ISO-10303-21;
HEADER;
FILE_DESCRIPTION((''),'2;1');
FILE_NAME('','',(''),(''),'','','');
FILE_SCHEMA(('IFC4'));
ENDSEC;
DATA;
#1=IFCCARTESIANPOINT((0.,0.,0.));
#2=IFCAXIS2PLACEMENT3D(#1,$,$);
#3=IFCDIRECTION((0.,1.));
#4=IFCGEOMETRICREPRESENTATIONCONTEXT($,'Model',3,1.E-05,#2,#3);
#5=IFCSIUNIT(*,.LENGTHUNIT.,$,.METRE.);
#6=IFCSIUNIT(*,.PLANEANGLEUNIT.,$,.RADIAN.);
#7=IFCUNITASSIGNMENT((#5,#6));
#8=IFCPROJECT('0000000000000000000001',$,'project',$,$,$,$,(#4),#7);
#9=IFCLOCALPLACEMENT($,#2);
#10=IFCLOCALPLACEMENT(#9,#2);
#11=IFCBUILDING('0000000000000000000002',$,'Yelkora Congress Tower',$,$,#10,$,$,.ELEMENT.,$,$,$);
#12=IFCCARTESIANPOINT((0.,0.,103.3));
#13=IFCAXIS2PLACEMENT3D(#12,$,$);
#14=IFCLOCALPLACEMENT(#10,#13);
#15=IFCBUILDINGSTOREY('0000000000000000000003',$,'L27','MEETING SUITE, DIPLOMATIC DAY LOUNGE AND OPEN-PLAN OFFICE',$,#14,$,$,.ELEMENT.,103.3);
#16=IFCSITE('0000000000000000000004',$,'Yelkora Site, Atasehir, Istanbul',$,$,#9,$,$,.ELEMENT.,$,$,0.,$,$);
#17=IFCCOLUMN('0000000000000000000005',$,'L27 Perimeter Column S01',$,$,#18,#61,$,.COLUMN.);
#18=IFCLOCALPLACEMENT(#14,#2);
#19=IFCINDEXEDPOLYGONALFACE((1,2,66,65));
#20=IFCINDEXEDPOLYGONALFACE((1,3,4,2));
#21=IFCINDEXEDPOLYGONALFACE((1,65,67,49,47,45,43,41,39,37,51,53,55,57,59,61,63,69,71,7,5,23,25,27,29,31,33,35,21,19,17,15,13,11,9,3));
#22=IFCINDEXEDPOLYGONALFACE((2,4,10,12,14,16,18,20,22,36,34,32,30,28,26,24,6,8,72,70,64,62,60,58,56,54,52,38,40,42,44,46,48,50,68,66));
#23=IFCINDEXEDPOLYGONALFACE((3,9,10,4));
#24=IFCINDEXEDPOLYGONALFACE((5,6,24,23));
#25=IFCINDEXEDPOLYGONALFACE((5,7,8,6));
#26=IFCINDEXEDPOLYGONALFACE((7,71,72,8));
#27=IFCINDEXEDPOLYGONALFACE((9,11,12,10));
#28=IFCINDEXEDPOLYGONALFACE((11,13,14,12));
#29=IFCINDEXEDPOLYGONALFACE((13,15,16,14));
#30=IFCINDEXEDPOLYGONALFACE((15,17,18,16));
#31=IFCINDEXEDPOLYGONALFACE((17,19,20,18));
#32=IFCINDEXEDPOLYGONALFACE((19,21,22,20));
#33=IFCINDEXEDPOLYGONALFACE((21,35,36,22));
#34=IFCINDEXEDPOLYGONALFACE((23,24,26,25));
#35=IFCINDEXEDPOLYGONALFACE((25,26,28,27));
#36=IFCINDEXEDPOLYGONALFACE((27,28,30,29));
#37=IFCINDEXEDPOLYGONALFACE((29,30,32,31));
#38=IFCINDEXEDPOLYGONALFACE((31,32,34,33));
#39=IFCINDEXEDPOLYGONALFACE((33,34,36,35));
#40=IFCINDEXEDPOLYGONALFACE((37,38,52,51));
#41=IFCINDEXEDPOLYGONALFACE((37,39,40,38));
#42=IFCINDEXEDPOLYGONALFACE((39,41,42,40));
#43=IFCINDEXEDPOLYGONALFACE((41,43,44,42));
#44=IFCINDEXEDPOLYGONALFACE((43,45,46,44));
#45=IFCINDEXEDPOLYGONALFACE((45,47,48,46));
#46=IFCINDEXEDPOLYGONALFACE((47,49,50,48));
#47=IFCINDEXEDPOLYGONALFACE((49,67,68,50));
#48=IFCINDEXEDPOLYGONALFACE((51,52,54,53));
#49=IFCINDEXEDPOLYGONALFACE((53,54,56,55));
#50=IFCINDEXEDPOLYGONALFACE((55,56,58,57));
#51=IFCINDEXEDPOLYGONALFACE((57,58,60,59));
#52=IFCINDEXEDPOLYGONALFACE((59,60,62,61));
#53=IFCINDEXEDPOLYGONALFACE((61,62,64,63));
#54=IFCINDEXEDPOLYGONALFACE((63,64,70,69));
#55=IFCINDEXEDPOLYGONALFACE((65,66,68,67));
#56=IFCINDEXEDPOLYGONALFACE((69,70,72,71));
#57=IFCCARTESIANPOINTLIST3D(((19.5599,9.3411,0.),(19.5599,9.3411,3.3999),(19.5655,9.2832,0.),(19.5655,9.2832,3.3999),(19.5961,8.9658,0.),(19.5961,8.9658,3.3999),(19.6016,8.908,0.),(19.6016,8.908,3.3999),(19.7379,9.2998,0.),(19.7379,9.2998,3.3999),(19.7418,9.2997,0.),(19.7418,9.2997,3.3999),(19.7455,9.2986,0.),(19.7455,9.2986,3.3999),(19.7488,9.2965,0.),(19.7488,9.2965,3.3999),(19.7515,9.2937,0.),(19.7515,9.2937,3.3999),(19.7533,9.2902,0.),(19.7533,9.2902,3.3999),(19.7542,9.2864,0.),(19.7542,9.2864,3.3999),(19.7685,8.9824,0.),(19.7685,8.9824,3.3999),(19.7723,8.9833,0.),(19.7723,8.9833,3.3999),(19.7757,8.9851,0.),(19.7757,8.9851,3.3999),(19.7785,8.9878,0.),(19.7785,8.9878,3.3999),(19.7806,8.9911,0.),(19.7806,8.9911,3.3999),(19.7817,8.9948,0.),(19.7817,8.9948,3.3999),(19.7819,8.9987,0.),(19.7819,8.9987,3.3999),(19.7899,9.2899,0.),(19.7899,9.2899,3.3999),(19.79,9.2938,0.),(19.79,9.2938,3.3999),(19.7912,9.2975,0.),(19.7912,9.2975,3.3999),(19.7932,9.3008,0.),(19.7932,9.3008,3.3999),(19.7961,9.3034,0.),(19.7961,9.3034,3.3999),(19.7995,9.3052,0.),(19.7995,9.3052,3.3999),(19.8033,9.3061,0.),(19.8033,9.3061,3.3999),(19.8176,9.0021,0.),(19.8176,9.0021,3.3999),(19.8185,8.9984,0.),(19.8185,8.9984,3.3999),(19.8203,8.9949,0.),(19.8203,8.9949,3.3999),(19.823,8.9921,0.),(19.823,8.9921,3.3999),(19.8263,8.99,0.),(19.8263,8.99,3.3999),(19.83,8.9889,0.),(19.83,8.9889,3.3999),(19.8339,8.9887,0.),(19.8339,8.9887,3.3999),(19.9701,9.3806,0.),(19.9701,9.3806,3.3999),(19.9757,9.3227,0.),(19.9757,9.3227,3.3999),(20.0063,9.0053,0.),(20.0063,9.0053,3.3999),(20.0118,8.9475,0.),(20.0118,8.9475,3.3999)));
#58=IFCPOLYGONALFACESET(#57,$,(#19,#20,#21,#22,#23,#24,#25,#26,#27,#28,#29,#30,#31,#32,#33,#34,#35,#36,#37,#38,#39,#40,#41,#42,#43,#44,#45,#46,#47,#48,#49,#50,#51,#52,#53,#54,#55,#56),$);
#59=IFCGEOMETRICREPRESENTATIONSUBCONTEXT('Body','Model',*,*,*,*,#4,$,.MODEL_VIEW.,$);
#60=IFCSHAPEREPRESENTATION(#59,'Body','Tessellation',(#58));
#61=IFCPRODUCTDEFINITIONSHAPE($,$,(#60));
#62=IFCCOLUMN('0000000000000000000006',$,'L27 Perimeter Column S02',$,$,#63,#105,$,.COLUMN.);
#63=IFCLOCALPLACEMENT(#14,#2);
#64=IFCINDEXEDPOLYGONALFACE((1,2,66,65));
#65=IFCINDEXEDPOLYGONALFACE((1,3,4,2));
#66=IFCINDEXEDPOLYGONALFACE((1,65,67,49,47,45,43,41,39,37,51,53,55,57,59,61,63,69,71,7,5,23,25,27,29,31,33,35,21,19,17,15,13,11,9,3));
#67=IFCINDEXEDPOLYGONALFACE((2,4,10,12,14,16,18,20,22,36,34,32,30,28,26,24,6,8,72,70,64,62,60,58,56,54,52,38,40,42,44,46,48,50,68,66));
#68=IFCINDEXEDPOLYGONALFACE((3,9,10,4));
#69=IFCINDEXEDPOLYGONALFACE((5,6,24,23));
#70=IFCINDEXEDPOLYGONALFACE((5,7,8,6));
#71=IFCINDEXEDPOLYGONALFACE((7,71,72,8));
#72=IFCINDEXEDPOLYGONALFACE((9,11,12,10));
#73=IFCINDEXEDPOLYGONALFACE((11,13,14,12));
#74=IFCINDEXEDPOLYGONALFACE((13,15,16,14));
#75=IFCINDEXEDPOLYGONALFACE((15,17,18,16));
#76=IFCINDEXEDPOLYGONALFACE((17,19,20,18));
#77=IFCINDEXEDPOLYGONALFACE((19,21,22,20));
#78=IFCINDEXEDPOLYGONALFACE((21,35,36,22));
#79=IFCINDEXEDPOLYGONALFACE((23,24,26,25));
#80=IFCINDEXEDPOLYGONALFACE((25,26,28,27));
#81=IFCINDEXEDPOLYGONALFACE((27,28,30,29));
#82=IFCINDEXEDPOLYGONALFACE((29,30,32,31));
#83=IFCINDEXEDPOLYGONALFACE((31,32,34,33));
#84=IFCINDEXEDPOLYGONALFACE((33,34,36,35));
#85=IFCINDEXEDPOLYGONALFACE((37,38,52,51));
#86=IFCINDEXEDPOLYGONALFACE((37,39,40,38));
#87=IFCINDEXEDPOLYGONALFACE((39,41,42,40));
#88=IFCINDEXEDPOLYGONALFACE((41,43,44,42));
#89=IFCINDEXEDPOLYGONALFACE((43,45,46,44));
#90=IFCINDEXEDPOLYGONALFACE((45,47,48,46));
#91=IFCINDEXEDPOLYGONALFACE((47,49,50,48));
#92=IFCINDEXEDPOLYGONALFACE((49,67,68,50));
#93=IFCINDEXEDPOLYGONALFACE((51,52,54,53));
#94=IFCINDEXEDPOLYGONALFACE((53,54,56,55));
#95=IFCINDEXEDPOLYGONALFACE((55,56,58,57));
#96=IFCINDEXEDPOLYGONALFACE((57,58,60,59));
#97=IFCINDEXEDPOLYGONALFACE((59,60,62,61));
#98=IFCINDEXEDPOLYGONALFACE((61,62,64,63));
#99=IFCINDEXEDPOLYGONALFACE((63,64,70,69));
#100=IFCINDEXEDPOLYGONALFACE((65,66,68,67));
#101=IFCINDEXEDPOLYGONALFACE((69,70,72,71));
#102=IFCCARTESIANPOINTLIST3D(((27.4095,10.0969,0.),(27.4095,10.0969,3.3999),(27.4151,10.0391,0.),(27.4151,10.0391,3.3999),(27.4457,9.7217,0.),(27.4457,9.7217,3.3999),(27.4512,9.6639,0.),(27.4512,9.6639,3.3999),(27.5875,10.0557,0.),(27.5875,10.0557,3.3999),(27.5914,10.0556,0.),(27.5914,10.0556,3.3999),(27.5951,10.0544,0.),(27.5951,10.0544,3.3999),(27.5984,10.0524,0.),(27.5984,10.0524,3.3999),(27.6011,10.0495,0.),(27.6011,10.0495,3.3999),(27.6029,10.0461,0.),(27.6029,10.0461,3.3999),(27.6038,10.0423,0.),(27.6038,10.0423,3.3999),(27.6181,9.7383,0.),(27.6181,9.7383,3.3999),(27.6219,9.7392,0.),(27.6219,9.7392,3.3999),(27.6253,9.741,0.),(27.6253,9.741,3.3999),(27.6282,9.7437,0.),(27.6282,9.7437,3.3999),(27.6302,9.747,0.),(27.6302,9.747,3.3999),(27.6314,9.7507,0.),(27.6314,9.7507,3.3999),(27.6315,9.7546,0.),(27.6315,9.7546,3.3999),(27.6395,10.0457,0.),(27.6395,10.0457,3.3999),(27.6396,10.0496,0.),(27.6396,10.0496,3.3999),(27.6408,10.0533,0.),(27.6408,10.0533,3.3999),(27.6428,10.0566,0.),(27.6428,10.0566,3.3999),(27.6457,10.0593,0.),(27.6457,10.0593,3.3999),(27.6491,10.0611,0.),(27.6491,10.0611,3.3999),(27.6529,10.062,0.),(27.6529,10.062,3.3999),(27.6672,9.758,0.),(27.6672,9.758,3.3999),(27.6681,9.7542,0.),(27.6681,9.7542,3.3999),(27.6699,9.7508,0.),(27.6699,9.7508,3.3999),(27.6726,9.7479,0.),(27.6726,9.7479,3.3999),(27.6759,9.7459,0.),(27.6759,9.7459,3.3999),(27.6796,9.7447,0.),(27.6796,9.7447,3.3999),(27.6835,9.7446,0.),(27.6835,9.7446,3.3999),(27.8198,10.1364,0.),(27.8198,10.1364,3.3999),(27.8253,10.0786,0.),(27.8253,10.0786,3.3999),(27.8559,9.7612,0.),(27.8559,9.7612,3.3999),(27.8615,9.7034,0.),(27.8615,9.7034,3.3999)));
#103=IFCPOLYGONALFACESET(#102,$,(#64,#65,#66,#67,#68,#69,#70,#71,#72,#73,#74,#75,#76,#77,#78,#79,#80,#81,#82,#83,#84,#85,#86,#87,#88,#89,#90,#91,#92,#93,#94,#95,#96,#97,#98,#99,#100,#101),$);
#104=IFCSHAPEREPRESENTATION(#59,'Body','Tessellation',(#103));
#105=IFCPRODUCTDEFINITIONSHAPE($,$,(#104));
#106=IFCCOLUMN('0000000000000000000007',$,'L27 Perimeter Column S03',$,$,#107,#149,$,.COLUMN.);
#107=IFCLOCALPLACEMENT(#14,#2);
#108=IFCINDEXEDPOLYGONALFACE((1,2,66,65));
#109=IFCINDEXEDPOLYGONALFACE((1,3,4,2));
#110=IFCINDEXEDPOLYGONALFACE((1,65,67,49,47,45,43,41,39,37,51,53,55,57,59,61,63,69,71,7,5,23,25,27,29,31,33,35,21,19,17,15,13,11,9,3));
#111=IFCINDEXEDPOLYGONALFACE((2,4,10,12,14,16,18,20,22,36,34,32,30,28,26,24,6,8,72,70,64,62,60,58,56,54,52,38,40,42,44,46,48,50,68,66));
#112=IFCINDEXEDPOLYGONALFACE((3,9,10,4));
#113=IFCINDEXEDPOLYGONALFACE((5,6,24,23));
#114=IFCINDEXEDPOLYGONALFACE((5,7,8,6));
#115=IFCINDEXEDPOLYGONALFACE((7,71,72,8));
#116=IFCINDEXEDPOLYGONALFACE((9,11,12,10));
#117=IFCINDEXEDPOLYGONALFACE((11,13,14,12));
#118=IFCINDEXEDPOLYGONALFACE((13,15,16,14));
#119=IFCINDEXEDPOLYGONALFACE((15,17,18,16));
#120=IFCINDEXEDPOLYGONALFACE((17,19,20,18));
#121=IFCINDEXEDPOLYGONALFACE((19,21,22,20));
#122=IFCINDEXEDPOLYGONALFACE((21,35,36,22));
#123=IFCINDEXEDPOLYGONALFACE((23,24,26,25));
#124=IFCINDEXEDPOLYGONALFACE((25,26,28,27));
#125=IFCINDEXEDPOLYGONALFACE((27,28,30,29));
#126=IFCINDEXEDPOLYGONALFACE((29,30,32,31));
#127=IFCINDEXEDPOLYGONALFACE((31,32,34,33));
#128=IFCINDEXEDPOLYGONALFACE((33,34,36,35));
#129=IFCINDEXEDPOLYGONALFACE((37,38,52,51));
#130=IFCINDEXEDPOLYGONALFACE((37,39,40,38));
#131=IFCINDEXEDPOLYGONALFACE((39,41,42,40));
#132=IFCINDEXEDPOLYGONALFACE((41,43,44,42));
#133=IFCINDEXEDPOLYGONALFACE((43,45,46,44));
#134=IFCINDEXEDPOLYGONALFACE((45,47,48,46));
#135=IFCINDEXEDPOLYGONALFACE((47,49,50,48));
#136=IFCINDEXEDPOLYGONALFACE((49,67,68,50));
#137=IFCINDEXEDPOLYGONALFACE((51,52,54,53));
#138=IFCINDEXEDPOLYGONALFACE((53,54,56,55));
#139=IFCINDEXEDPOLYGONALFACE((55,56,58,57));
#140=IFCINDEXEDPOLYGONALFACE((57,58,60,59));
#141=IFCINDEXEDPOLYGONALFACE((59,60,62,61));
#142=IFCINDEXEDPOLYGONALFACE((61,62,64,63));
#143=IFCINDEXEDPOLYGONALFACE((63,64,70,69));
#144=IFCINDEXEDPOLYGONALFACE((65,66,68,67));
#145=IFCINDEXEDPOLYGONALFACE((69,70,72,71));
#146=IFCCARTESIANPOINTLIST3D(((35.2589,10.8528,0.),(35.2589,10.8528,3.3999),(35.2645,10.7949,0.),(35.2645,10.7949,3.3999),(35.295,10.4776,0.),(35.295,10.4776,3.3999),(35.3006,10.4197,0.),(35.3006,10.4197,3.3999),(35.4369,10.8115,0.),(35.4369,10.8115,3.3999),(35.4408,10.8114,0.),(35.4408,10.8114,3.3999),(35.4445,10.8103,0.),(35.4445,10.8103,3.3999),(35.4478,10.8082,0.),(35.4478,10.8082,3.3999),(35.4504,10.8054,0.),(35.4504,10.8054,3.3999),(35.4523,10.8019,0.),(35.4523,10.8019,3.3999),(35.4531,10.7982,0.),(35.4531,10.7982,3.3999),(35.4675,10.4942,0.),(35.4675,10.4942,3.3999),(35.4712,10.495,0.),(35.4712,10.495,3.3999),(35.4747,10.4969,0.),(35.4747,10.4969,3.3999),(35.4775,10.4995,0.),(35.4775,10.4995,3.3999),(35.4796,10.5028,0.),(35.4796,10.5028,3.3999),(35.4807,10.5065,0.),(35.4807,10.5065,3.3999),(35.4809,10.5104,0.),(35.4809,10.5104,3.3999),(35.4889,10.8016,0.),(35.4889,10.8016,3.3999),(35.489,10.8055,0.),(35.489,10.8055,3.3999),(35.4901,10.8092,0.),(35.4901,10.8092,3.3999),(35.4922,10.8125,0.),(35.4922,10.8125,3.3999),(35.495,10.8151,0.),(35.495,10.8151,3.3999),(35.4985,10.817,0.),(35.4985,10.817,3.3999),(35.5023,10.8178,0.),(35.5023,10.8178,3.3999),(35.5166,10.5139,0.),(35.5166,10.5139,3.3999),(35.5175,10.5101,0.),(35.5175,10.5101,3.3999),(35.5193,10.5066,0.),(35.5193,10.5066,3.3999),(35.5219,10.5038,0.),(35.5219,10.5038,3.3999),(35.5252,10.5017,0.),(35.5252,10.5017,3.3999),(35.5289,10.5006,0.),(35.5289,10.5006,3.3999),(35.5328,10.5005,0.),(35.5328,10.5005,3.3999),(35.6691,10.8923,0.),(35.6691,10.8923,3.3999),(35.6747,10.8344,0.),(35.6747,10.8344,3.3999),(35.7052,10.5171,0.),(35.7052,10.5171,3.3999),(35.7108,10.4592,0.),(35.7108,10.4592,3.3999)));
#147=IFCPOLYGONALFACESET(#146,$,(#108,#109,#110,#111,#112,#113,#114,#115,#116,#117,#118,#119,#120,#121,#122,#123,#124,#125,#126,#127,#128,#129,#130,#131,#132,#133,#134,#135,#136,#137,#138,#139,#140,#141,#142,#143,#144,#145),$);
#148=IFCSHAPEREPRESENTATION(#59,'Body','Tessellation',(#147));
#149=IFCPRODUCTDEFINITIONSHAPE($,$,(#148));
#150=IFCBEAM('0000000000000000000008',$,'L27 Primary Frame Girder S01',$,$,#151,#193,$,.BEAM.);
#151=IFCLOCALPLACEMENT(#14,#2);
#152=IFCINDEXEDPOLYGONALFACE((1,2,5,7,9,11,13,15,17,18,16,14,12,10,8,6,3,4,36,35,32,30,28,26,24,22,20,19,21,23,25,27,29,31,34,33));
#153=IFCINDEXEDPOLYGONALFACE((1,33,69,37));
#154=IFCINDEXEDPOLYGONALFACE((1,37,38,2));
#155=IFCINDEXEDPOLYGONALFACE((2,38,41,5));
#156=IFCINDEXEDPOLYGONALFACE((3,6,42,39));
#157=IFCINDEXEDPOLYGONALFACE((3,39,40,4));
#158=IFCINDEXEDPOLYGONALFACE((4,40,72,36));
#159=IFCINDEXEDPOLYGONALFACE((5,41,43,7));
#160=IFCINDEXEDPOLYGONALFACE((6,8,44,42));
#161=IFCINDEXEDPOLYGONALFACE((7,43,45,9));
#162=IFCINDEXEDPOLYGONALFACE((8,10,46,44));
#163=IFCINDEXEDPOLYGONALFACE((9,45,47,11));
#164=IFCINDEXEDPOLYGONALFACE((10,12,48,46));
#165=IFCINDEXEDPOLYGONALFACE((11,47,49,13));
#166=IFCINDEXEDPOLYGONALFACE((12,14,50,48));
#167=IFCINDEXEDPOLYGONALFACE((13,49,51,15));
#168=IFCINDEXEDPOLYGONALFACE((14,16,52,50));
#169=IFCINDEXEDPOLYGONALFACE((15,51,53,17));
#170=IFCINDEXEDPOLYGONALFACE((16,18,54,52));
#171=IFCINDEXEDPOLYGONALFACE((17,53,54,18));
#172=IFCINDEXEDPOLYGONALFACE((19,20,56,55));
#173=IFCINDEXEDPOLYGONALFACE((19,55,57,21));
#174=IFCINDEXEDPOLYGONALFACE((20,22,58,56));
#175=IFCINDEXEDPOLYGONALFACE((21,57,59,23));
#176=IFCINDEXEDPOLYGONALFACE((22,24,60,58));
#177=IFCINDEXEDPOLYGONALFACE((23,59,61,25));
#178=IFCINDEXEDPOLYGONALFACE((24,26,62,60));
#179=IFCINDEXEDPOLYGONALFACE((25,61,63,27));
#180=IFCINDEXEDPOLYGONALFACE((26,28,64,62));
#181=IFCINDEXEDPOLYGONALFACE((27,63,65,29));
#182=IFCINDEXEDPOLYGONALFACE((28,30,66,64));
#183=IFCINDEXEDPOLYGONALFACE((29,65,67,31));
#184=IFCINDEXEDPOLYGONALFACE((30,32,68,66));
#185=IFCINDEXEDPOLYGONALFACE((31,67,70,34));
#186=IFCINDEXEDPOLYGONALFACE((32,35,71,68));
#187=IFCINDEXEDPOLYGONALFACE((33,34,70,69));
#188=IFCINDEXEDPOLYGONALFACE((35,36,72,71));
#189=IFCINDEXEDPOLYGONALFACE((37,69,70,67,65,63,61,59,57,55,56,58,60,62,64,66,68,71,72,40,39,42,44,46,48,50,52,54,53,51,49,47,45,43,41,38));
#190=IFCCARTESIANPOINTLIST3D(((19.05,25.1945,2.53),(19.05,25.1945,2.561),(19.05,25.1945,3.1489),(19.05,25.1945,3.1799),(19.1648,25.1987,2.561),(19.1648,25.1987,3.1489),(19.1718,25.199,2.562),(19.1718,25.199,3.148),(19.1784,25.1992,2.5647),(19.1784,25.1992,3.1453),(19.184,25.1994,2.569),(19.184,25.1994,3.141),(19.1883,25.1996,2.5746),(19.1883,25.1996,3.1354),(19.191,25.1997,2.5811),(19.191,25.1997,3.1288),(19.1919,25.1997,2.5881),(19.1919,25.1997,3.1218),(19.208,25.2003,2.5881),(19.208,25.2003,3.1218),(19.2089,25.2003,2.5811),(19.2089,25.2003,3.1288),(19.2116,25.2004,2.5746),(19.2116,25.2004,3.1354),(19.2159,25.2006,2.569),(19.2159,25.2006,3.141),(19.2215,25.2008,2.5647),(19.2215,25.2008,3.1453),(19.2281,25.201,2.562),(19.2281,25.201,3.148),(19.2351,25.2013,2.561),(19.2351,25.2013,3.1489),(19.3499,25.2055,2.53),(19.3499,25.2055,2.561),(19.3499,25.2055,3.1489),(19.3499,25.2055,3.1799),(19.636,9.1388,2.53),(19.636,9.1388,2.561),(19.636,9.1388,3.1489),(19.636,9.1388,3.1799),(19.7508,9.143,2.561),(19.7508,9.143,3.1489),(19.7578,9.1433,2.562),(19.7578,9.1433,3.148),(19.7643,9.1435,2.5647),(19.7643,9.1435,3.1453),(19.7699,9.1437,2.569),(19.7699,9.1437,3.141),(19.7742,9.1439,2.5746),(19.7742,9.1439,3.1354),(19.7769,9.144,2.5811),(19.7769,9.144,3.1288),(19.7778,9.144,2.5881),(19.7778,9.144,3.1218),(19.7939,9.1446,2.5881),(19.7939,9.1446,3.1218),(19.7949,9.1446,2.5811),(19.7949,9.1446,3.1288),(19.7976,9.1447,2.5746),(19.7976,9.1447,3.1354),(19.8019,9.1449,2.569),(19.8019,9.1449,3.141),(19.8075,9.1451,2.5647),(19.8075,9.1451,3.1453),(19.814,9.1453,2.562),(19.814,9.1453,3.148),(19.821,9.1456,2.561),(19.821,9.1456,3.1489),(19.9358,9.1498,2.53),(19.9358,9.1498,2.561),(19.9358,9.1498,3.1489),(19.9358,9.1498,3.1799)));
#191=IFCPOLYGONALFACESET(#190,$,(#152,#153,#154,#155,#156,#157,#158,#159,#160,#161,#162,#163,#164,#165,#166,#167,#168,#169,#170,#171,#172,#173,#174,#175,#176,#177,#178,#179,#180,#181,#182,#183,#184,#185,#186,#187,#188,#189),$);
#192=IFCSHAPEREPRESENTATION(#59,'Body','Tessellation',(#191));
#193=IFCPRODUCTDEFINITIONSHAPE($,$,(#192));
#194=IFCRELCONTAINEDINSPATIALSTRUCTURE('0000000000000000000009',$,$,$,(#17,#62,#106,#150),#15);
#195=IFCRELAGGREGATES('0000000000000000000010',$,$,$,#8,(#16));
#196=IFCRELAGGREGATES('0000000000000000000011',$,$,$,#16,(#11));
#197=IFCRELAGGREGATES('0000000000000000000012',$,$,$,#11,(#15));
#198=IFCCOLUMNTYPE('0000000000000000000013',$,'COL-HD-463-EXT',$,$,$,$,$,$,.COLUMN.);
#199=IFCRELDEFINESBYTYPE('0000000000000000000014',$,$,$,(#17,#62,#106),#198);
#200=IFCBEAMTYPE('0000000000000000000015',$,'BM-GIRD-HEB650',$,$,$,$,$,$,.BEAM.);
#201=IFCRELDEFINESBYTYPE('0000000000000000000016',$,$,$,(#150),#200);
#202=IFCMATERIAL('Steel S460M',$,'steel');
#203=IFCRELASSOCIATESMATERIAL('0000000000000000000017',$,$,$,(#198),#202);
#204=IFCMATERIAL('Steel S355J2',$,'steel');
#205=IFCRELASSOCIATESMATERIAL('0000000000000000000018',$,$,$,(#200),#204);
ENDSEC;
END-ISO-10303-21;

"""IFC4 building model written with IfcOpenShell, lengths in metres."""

from ifc_helpers import new_model, si_unit, direction, frame, origin, origin_2d, place, context, subcontext, project, spatial, i_section, extrude, material, material_profile, profile_set, type_object, element, save


model = new_model("IFC4")

# Units and contexts
model_context = context("Model", 3, precision=1e-05, world=origin(), true_north=direction((0.0, 1.0)))
body_context = subcontext(model_context, "Body", "Model", "MODEL_VIEW")
ifc_project = project(units=[si_unit("LENGTHUNIT", "METRE"), si_unit("PLANEANGLEUNIT", "RADIAN")], contexts=[model_context])

# Site, building, storey
site_placement = place(None, origin())
site = spatial("IfcSite", under=ifc_project, at=site_placement, Name="Yelkora Site, Atasehir, Istanbul", CompositionType="ELEMENT", RefElevation=0.0)
building_placement = place(site_placement, origin())
building = spatial("IfcBuilding", under=site, at=building_placement, Name="Yelkora Congress Tower", CompositionType="ELEMENT")
storey_placement = place(building_placement, frame((0.0, 0.0, 103.3)))
storey = spatial("IfcBuildingStorey", under=building, at=storey_placement, Name="L27", Description="MEETING SUITE, DIPLOMATIC DAY LOUNGE AND OPEN-PLAN OFFICE", CompositionType="ELEMENT", Elevation=103.3)

# Columns
ifc_material_1 = material(Name="Steel S460M", Category="steel")
ifc_material_profile_1 = material_profile(ifc_material_1, i_section(OverallWidth=0.4121, OverallDepth=0.4351, WebThickness=0.0359, FlangeThickness=0.0581, FilletRadius=0.0149, at=origin_2d()), Name="HD 400x463")
ifc_profile_set_1 = profile_set([ifc_material_profile_1], Name="Steel S460M")
column_type = type_object("IfcColumnType", Name="COL-HD-463-EXT", PredefinedType="COLUMN", material=ifc_profile_set_1)
for number, where, z_axis, x_axis, name in (
    (1, (19.7859, 9.1443, 0.0), (0.0, 0.0, 1.0), (0.995396, 0.095846, 0.0), "L27 Perimeter Column S01"),
    (2, (27.6355, 9.9001, 0.0), (0.0, 0.0, 1.0), (0.995396, 0.095846, 0.0), "L27 Perimeter Column S02"),
    (3, (35.4849, 10.656, 0.0), (0.0, 0.0, 1.0), (0.995396, 0.095846, 0.0), "L27 Perimeter Column S03"),
):
    element("IfcColumn", number, at=place(storey_placement, frame(where, z_axis=z_axis, x_axis=x_axis)), inside=storey, type_object=column_type, Name=name, PredefinedType="COLUMN", context=body_context, shape_type="SweptSolid", body=[
        extrude(i_section(OverallWidth=0.4121, OverallDepth=0.4351, WebThickness=0.0359, FlangeThickness=0.0581, FilletRadius=0.0149, at=origin_2d()), origin(), (0.0, 0.0, 1.0), 3.3999),
    ])

# Beam
ifc_material_2 = material(Name="Steel S355J2", Category="steel")
ifc_material_profile_2 = material_profile(ifc_material_2, i_section(OverallWidth=0.3, OverallDepth=0.6499, WebThickness=0.0161, FlangeThickness=0.031, FilletRadius=0.0271, at=origin_2d()), Name="HEB 650")
ifc_profile_set_2 = profile_set([ifc_material_profile_2], Name="Steel S355J2")
beam_type_1 = type_object("IfcBeamType", Name="BM-GIRD-HEB650", PredefinedType="BEAM", material=ifc_profile_set_2)
beam_1_placement = place(storey_placement, frame((19.7859, 9.1443, 2.855), z_axis=(-0.03647, 0.999335, 0.0), x_axis=(-0.999335, -0.03647, 0.0)))
element("IfcBeam", 4, at=beam_1_placement, inside=storey, type_object=beam_type_1, Name="L27 Primary Frame Girder S01", PredefinedType="BEAM", context=body_context, shape_type="SweptSolid", body=[
    extrude(i_section(OverallWidth=0.3, OverallDepth=0.6499, WebThickness=0.0161, FlangeThickness=0.031, FilletRadius=0.0271, at=origin_2d()), origin(), (0.0, 0.0, 1.0), 16.0664),
])

save(model, "model.ifc")
